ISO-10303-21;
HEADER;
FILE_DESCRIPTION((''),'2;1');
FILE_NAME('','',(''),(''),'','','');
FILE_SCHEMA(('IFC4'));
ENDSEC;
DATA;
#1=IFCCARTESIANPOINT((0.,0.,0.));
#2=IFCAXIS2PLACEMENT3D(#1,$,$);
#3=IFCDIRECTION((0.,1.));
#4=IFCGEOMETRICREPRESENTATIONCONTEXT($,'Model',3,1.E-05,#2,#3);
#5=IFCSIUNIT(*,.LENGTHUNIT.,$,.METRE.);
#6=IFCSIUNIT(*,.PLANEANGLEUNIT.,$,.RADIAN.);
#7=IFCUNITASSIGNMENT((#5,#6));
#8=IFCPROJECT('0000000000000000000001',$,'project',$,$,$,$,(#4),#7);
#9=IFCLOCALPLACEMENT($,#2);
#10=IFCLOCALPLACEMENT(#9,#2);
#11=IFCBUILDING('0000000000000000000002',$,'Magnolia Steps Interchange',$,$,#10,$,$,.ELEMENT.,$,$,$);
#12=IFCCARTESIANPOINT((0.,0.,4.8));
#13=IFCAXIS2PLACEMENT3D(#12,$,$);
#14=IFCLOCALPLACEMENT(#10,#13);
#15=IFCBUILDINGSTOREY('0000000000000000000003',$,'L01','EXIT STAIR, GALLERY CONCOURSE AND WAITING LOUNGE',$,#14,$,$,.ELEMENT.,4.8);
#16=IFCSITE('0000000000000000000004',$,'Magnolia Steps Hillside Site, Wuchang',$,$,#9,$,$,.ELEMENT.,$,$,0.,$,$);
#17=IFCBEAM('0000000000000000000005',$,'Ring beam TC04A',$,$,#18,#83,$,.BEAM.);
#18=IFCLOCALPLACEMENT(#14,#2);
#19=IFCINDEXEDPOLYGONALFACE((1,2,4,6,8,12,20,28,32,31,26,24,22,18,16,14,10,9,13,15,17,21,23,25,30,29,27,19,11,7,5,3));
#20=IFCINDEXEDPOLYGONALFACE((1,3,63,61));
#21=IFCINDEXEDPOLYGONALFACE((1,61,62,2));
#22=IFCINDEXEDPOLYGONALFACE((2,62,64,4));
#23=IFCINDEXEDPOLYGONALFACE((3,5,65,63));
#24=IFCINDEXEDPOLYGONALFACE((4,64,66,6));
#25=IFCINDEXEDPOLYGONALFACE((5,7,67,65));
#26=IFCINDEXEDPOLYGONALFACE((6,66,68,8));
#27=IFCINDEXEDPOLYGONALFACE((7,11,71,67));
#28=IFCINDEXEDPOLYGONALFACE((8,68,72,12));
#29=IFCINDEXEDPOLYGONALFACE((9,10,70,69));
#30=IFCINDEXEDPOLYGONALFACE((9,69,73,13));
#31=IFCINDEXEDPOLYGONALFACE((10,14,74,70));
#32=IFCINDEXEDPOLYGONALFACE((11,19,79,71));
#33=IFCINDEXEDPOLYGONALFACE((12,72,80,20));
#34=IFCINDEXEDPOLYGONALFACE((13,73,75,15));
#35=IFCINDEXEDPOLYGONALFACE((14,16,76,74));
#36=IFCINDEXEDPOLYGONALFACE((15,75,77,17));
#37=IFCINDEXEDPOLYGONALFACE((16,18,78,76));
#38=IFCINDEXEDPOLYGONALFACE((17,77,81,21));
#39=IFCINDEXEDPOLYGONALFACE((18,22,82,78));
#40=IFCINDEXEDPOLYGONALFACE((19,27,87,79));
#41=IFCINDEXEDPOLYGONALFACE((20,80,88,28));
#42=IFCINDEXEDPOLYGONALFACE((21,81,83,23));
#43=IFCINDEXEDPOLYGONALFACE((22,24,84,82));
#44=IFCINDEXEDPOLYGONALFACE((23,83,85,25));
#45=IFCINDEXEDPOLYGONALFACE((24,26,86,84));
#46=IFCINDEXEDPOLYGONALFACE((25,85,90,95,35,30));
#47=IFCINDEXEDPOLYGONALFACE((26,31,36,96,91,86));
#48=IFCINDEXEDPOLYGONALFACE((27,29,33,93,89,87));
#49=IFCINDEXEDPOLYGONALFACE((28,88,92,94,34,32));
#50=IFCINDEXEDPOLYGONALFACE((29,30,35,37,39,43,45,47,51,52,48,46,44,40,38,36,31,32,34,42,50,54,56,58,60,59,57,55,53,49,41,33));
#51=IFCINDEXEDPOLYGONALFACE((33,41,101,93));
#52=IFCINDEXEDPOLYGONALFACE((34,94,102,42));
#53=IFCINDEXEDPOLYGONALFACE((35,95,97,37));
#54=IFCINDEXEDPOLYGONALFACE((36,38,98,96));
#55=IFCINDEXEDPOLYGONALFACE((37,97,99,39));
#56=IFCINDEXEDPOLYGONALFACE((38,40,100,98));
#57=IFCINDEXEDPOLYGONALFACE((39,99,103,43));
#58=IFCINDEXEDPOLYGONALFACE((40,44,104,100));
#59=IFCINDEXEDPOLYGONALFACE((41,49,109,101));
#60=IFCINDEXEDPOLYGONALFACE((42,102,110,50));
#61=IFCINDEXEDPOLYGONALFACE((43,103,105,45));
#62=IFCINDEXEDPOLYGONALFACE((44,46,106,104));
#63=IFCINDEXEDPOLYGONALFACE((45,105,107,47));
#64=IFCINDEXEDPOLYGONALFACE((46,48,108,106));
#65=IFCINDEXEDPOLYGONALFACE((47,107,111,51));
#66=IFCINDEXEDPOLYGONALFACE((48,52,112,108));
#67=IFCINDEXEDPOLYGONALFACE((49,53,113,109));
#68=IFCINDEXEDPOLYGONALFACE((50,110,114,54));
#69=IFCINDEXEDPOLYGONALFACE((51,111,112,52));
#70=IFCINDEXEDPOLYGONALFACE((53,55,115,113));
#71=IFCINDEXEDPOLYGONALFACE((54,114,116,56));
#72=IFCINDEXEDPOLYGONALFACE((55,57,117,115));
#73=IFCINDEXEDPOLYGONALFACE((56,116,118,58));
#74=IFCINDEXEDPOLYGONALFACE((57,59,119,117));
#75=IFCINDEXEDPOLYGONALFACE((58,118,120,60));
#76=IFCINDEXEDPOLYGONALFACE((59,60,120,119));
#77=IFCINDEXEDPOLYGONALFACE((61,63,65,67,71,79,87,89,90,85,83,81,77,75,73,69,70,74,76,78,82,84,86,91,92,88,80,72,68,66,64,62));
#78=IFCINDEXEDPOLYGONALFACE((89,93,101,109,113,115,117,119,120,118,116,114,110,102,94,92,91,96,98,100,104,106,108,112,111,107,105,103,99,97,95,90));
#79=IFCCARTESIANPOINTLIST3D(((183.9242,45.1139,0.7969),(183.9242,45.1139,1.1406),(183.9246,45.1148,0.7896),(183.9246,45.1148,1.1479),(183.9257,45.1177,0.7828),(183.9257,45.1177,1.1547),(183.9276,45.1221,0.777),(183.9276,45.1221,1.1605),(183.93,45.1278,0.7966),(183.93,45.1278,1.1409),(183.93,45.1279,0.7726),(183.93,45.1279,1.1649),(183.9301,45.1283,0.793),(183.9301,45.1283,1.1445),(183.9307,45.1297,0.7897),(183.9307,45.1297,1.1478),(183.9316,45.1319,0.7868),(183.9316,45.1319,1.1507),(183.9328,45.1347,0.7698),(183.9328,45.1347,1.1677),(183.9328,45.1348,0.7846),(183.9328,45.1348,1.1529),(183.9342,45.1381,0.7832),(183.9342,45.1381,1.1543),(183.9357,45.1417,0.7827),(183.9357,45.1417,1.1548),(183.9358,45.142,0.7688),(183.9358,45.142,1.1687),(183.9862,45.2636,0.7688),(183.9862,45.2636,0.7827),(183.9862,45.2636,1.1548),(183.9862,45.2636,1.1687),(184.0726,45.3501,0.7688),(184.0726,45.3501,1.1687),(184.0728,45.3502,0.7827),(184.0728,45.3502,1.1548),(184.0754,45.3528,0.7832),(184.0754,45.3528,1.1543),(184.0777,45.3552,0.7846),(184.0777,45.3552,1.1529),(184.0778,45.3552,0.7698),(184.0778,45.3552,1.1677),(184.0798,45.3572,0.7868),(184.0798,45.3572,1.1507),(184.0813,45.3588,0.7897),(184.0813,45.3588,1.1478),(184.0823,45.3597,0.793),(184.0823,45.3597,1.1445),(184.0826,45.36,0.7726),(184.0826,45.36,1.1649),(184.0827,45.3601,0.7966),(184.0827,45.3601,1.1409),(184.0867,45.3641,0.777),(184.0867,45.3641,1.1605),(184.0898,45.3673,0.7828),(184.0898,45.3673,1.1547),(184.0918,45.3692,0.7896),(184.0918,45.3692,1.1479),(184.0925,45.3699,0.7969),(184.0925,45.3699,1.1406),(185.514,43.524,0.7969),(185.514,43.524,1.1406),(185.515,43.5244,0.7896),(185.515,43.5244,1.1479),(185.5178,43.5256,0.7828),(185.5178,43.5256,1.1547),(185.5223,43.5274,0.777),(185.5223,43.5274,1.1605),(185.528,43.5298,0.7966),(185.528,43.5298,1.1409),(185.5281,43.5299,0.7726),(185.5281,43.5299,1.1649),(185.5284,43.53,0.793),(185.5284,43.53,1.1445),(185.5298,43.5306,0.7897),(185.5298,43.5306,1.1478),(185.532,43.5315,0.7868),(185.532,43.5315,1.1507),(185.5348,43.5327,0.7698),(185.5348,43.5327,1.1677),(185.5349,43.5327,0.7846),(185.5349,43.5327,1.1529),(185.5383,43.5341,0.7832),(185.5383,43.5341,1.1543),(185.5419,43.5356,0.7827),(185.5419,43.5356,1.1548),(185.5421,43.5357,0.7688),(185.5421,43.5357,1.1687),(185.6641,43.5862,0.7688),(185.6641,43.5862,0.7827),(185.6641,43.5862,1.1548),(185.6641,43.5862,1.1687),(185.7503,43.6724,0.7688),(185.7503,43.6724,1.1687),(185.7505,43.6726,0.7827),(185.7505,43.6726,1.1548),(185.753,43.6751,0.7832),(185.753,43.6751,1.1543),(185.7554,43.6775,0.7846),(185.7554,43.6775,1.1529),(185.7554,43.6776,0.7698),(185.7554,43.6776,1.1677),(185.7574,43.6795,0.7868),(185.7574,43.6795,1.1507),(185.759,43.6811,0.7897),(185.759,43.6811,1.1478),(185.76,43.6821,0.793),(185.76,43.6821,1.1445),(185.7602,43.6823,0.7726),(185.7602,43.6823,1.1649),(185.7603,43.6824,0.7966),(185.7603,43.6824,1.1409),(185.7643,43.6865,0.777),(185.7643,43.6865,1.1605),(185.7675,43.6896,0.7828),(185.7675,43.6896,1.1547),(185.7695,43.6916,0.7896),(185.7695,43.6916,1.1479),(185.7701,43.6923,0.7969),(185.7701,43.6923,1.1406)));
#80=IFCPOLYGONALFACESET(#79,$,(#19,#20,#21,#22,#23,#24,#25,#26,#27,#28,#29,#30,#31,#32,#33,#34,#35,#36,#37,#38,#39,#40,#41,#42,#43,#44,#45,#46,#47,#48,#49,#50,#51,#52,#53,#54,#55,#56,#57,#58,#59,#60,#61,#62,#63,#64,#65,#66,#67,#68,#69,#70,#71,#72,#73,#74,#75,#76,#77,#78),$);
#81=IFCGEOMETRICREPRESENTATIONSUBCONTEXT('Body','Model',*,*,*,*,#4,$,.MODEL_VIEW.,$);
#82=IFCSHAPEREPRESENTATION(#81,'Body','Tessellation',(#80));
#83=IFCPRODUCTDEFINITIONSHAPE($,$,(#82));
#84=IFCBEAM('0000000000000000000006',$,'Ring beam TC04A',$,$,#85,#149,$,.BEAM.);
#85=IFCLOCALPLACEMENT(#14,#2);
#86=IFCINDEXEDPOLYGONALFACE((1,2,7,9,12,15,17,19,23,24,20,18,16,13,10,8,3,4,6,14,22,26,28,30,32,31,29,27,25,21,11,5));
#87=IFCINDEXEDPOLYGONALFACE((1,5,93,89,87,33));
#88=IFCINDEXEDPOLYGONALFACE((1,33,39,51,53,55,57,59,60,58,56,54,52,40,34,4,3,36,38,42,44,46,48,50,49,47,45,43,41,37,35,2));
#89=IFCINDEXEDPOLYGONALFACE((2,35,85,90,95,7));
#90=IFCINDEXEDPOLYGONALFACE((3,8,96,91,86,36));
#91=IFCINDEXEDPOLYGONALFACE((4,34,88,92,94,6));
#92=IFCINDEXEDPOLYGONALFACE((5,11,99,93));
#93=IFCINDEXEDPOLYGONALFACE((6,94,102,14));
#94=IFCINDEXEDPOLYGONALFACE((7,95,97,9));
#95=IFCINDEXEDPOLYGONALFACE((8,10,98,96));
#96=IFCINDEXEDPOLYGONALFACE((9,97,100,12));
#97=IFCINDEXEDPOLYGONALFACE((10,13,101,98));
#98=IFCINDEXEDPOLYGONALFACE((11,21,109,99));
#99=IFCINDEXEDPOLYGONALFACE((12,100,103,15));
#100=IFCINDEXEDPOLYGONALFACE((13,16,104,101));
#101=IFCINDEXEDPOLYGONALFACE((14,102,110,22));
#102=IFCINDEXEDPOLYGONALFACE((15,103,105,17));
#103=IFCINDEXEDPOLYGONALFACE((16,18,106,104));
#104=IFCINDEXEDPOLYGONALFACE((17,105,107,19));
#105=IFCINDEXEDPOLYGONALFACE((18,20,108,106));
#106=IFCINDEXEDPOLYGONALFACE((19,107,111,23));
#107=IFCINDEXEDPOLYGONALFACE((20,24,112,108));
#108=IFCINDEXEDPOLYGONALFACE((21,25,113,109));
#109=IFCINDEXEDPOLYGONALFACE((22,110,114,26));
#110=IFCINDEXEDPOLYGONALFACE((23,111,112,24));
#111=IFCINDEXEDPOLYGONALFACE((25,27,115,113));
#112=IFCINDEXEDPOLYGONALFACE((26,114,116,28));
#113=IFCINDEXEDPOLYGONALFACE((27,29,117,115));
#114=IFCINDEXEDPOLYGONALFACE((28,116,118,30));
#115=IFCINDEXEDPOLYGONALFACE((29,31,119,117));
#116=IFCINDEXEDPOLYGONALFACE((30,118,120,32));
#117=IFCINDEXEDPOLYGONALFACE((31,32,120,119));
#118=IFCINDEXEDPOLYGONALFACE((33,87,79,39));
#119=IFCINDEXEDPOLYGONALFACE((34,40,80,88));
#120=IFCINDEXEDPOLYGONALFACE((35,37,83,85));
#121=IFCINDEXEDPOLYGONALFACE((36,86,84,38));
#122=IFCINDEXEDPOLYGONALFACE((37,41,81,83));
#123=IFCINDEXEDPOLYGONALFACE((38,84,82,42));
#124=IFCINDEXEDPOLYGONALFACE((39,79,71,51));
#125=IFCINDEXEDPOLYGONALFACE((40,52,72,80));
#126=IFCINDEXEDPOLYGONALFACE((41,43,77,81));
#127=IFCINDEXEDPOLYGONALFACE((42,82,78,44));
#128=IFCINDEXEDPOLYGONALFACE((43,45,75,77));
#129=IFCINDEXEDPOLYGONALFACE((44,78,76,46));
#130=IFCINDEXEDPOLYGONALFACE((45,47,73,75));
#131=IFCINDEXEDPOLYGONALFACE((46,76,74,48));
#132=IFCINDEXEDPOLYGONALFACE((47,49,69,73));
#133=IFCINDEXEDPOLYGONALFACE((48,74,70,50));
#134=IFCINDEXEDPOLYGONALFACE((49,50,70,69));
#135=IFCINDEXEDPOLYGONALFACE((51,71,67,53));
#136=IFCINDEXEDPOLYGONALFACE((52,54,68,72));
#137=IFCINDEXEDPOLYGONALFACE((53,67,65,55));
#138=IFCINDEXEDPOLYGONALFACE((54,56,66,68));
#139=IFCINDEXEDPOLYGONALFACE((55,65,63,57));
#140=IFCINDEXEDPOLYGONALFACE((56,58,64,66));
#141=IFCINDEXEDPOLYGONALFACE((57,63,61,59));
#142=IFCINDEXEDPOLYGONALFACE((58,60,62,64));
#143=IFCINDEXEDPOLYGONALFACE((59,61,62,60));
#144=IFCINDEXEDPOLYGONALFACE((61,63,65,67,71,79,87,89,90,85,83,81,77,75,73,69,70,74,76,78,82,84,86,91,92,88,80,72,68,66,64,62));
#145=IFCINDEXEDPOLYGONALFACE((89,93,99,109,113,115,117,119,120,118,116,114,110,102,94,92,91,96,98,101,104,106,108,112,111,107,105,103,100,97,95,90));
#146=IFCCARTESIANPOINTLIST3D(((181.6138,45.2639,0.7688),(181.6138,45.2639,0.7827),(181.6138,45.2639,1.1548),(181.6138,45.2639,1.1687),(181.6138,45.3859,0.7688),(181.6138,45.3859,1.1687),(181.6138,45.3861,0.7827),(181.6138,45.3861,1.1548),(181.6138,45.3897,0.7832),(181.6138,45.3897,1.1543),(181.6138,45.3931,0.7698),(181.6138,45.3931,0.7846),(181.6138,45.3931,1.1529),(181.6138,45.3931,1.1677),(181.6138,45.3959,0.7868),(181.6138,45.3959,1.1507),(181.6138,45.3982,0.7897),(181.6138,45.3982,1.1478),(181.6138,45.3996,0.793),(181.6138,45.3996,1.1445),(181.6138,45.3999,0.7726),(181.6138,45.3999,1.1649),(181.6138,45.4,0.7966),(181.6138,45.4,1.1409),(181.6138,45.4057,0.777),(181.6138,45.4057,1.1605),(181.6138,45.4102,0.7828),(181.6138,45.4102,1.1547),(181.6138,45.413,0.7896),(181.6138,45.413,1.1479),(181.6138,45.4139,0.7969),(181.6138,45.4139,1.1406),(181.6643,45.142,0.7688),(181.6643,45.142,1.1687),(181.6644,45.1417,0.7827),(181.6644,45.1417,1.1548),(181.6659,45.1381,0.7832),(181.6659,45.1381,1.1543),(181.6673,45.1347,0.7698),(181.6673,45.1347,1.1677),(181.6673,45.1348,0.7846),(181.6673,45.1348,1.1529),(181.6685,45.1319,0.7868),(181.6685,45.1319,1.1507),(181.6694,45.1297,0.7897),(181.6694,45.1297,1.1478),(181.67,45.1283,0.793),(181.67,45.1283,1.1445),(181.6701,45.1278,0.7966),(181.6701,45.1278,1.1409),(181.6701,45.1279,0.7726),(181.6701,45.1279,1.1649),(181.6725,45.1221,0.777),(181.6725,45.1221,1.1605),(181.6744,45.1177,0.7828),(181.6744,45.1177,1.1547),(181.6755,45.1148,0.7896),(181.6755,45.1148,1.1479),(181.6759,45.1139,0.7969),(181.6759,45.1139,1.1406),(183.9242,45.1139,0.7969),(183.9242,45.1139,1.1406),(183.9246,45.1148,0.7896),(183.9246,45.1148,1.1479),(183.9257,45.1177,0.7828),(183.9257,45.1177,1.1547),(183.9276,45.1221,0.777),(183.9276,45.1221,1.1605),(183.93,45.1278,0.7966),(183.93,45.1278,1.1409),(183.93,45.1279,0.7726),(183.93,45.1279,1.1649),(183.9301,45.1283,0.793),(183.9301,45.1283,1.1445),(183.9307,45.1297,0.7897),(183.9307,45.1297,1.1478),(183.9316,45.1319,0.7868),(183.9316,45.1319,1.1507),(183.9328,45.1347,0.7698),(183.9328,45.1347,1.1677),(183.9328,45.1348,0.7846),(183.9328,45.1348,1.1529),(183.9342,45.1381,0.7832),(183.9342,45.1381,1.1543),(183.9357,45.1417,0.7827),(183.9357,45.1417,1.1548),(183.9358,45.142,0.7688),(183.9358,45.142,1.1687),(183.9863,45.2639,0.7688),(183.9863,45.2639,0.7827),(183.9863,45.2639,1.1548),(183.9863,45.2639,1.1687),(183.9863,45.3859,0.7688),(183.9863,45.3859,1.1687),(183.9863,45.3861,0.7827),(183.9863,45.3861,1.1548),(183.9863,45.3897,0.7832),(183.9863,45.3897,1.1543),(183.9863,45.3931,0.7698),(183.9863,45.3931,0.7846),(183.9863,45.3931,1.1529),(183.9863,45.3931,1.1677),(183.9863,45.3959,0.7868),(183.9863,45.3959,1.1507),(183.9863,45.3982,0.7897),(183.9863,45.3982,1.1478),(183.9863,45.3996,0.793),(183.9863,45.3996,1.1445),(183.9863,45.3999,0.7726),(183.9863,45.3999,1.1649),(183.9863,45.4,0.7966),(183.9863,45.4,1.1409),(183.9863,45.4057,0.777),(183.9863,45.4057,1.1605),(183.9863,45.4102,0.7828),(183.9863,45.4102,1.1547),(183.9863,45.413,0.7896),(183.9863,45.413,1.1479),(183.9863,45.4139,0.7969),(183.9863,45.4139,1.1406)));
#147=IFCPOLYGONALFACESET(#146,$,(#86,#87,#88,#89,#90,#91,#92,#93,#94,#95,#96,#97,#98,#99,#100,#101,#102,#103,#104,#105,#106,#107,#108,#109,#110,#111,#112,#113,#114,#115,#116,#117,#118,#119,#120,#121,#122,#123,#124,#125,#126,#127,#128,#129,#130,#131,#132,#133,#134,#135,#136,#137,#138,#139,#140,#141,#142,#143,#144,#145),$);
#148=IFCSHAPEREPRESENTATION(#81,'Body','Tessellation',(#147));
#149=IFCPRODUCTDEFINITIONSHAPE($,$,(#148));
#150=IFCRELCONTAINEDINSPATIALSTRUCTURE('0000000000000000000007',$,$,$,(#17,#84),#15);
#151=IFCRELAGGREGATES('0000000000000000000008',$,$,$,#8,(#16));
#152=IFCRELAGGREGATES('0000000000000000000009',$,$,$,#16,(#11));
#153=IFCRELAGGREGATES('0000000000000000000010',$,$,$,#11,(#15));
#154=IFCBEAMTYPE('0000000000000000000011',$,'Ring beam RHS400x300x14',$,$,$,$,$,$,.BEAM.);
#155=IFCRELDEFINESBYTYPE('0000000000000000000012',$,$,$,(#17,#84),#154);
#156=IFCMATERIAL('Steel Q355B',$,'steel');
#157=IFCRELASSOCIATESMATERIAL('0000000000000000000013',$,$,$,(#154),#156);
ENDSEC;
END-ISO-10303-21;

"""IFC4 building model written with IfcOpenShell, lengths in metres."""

from ifc_helpers import new_model, si_unit, direction, frame, origin, origin_2d, place, context, subcontext, project, spatial, hollow_rectangle, extrude, clip, halfspace, material, material_profile, profile_set, type_object, element, save


model = new_model("IFC4")

# Units and contexts
model_context = context("Model", 3, precision=1e-05, world=origin(), true_north=direction((0.0, 1.0)))
body_context = subcontext(model_context, "Body", "Model", "MODEL_VIEW")
ifc_project = project(units=[si_unit("LENGTHUNIT", "METRE"), si_unit("PLANEANGLEUNIT", "RADIAN")], contexts=[model_context])

# Site, building, storey
site_placement = place(None, origin())
site = spatial("IfcSite", under=ifc_project, at=site_placement, Name="Magnolia Steps Hillside Site, Wuchang", CompositionType="ELEMENT", RefElevation=0.0)
building_placement = place(site_placement, origin())
building = spatial("IfcBuilding", under=site, at=building_placement, Name="Magnolia Steps Interchange", CompositionType="ELEMENT")
storey_placement = place(building_placement, frame((0.0, 0.0, 4.8)))
storey = spatial("IfcBuildingStorey", under=building, at=storey_placement, Name="L01", Description="EXIT STAIR, GALLERY CONCOURSE AND WAITING LOUNGE", CompositionType="ELEMENT", Elevation=4.8)

# Beams
ifc_material_1 = material(Name="Steel Q355B", Category="steel")
ifc_material_profile_1 = material_profile(ifc_material_1, hollow_rectangle(XDim=0.3, YDim=0.3999, WallThickness=0.0139, InnerFilletRadius=0.0139, OuterFilletRadius=0.0281, at=origin_2d()), Name="RHS400x300x14")
ifc_profile_set_1 = profile_set([ifc_material_profile_1], Name="Steel Q355B")
beam_type_1 = type_object("IfcBeamType", Name="Ring beam RHS400x300x14", PredefinedType="BEAM", material=ifc_profile_set_1)
beam_1_placement = place(storey_placement, frame((185.6641, 43.5862, 0.9688), z_axis=(-0.707107, 0.707107, 0.0), x_axis=(-0.707107, -0.707107, 0.0)))
element("IfcBeam", 1, at=beam_1_placement, inside=storey, type_object=beam_type_1, Name="Ring beam TC04A", PredefinedType="BEAM", context=body_context, shape_type="Clipping", body=[
    clip(clip(extrude(hollow_rectangle(XDim=0.3, YDim=0.3999, WallThickness=0.0139, InnerFilletRadius=0.0139, OuterFilletRadius=0.0281, at=origin_2d()), origin(), (0.0, 0.0, 1.0), 2.3726), halfspace(frame((0.0, 0.0, 0.0), z_axis=(0.382683, 0.0, -0.92388), x_axis=(0.92388, 0.0, 0.382683)), False)), halfspace(frame((0.0, 0.0, 2.3727), z_axis=(0.382683, 0.0, 0.92388), x_axis=(0.92388, 0.0, -0.382683)), False)),
])
beam_2_placement = place(storey_placement, frame((183.9863, 45.2639, 0.9688), z_axis=(-1.0, 0.0, 0.0), x_axis=(0.0, -1.0, 0.0)))
element("IfcBeam", 2, at=beam_2_placement, inside=storey, type_object=beam_type_1, Name="Ring beam TC04A", PredefinedType="BEAM", context=body_context, shape_type="Clipping", body=[
    clip(clip(extrude(hollow_rectangle(XDim=0.3, YDim=0.3999, WallThickness=0.0139, InnerFilletRadius=0.0139, OuterFilletRadius=0.0281, at=origin_2d()), origin(), (0.0, 0.0, 1.0), 2.3726), halfspace(frame((0.0, 0.0, 0.0), z_axis=(0.382683, 0.0, -0.92388), x_axis=(0.92388, 0.0, 0.382683)), False)), halfspace(frame((0.0, 0.0, 2.3726), z_axis=(0.382683, 0.0, 0.92388), x_axis=(0.92388, 0.0, -0.382683)), False)),
])

save(model, "model.ifc")
